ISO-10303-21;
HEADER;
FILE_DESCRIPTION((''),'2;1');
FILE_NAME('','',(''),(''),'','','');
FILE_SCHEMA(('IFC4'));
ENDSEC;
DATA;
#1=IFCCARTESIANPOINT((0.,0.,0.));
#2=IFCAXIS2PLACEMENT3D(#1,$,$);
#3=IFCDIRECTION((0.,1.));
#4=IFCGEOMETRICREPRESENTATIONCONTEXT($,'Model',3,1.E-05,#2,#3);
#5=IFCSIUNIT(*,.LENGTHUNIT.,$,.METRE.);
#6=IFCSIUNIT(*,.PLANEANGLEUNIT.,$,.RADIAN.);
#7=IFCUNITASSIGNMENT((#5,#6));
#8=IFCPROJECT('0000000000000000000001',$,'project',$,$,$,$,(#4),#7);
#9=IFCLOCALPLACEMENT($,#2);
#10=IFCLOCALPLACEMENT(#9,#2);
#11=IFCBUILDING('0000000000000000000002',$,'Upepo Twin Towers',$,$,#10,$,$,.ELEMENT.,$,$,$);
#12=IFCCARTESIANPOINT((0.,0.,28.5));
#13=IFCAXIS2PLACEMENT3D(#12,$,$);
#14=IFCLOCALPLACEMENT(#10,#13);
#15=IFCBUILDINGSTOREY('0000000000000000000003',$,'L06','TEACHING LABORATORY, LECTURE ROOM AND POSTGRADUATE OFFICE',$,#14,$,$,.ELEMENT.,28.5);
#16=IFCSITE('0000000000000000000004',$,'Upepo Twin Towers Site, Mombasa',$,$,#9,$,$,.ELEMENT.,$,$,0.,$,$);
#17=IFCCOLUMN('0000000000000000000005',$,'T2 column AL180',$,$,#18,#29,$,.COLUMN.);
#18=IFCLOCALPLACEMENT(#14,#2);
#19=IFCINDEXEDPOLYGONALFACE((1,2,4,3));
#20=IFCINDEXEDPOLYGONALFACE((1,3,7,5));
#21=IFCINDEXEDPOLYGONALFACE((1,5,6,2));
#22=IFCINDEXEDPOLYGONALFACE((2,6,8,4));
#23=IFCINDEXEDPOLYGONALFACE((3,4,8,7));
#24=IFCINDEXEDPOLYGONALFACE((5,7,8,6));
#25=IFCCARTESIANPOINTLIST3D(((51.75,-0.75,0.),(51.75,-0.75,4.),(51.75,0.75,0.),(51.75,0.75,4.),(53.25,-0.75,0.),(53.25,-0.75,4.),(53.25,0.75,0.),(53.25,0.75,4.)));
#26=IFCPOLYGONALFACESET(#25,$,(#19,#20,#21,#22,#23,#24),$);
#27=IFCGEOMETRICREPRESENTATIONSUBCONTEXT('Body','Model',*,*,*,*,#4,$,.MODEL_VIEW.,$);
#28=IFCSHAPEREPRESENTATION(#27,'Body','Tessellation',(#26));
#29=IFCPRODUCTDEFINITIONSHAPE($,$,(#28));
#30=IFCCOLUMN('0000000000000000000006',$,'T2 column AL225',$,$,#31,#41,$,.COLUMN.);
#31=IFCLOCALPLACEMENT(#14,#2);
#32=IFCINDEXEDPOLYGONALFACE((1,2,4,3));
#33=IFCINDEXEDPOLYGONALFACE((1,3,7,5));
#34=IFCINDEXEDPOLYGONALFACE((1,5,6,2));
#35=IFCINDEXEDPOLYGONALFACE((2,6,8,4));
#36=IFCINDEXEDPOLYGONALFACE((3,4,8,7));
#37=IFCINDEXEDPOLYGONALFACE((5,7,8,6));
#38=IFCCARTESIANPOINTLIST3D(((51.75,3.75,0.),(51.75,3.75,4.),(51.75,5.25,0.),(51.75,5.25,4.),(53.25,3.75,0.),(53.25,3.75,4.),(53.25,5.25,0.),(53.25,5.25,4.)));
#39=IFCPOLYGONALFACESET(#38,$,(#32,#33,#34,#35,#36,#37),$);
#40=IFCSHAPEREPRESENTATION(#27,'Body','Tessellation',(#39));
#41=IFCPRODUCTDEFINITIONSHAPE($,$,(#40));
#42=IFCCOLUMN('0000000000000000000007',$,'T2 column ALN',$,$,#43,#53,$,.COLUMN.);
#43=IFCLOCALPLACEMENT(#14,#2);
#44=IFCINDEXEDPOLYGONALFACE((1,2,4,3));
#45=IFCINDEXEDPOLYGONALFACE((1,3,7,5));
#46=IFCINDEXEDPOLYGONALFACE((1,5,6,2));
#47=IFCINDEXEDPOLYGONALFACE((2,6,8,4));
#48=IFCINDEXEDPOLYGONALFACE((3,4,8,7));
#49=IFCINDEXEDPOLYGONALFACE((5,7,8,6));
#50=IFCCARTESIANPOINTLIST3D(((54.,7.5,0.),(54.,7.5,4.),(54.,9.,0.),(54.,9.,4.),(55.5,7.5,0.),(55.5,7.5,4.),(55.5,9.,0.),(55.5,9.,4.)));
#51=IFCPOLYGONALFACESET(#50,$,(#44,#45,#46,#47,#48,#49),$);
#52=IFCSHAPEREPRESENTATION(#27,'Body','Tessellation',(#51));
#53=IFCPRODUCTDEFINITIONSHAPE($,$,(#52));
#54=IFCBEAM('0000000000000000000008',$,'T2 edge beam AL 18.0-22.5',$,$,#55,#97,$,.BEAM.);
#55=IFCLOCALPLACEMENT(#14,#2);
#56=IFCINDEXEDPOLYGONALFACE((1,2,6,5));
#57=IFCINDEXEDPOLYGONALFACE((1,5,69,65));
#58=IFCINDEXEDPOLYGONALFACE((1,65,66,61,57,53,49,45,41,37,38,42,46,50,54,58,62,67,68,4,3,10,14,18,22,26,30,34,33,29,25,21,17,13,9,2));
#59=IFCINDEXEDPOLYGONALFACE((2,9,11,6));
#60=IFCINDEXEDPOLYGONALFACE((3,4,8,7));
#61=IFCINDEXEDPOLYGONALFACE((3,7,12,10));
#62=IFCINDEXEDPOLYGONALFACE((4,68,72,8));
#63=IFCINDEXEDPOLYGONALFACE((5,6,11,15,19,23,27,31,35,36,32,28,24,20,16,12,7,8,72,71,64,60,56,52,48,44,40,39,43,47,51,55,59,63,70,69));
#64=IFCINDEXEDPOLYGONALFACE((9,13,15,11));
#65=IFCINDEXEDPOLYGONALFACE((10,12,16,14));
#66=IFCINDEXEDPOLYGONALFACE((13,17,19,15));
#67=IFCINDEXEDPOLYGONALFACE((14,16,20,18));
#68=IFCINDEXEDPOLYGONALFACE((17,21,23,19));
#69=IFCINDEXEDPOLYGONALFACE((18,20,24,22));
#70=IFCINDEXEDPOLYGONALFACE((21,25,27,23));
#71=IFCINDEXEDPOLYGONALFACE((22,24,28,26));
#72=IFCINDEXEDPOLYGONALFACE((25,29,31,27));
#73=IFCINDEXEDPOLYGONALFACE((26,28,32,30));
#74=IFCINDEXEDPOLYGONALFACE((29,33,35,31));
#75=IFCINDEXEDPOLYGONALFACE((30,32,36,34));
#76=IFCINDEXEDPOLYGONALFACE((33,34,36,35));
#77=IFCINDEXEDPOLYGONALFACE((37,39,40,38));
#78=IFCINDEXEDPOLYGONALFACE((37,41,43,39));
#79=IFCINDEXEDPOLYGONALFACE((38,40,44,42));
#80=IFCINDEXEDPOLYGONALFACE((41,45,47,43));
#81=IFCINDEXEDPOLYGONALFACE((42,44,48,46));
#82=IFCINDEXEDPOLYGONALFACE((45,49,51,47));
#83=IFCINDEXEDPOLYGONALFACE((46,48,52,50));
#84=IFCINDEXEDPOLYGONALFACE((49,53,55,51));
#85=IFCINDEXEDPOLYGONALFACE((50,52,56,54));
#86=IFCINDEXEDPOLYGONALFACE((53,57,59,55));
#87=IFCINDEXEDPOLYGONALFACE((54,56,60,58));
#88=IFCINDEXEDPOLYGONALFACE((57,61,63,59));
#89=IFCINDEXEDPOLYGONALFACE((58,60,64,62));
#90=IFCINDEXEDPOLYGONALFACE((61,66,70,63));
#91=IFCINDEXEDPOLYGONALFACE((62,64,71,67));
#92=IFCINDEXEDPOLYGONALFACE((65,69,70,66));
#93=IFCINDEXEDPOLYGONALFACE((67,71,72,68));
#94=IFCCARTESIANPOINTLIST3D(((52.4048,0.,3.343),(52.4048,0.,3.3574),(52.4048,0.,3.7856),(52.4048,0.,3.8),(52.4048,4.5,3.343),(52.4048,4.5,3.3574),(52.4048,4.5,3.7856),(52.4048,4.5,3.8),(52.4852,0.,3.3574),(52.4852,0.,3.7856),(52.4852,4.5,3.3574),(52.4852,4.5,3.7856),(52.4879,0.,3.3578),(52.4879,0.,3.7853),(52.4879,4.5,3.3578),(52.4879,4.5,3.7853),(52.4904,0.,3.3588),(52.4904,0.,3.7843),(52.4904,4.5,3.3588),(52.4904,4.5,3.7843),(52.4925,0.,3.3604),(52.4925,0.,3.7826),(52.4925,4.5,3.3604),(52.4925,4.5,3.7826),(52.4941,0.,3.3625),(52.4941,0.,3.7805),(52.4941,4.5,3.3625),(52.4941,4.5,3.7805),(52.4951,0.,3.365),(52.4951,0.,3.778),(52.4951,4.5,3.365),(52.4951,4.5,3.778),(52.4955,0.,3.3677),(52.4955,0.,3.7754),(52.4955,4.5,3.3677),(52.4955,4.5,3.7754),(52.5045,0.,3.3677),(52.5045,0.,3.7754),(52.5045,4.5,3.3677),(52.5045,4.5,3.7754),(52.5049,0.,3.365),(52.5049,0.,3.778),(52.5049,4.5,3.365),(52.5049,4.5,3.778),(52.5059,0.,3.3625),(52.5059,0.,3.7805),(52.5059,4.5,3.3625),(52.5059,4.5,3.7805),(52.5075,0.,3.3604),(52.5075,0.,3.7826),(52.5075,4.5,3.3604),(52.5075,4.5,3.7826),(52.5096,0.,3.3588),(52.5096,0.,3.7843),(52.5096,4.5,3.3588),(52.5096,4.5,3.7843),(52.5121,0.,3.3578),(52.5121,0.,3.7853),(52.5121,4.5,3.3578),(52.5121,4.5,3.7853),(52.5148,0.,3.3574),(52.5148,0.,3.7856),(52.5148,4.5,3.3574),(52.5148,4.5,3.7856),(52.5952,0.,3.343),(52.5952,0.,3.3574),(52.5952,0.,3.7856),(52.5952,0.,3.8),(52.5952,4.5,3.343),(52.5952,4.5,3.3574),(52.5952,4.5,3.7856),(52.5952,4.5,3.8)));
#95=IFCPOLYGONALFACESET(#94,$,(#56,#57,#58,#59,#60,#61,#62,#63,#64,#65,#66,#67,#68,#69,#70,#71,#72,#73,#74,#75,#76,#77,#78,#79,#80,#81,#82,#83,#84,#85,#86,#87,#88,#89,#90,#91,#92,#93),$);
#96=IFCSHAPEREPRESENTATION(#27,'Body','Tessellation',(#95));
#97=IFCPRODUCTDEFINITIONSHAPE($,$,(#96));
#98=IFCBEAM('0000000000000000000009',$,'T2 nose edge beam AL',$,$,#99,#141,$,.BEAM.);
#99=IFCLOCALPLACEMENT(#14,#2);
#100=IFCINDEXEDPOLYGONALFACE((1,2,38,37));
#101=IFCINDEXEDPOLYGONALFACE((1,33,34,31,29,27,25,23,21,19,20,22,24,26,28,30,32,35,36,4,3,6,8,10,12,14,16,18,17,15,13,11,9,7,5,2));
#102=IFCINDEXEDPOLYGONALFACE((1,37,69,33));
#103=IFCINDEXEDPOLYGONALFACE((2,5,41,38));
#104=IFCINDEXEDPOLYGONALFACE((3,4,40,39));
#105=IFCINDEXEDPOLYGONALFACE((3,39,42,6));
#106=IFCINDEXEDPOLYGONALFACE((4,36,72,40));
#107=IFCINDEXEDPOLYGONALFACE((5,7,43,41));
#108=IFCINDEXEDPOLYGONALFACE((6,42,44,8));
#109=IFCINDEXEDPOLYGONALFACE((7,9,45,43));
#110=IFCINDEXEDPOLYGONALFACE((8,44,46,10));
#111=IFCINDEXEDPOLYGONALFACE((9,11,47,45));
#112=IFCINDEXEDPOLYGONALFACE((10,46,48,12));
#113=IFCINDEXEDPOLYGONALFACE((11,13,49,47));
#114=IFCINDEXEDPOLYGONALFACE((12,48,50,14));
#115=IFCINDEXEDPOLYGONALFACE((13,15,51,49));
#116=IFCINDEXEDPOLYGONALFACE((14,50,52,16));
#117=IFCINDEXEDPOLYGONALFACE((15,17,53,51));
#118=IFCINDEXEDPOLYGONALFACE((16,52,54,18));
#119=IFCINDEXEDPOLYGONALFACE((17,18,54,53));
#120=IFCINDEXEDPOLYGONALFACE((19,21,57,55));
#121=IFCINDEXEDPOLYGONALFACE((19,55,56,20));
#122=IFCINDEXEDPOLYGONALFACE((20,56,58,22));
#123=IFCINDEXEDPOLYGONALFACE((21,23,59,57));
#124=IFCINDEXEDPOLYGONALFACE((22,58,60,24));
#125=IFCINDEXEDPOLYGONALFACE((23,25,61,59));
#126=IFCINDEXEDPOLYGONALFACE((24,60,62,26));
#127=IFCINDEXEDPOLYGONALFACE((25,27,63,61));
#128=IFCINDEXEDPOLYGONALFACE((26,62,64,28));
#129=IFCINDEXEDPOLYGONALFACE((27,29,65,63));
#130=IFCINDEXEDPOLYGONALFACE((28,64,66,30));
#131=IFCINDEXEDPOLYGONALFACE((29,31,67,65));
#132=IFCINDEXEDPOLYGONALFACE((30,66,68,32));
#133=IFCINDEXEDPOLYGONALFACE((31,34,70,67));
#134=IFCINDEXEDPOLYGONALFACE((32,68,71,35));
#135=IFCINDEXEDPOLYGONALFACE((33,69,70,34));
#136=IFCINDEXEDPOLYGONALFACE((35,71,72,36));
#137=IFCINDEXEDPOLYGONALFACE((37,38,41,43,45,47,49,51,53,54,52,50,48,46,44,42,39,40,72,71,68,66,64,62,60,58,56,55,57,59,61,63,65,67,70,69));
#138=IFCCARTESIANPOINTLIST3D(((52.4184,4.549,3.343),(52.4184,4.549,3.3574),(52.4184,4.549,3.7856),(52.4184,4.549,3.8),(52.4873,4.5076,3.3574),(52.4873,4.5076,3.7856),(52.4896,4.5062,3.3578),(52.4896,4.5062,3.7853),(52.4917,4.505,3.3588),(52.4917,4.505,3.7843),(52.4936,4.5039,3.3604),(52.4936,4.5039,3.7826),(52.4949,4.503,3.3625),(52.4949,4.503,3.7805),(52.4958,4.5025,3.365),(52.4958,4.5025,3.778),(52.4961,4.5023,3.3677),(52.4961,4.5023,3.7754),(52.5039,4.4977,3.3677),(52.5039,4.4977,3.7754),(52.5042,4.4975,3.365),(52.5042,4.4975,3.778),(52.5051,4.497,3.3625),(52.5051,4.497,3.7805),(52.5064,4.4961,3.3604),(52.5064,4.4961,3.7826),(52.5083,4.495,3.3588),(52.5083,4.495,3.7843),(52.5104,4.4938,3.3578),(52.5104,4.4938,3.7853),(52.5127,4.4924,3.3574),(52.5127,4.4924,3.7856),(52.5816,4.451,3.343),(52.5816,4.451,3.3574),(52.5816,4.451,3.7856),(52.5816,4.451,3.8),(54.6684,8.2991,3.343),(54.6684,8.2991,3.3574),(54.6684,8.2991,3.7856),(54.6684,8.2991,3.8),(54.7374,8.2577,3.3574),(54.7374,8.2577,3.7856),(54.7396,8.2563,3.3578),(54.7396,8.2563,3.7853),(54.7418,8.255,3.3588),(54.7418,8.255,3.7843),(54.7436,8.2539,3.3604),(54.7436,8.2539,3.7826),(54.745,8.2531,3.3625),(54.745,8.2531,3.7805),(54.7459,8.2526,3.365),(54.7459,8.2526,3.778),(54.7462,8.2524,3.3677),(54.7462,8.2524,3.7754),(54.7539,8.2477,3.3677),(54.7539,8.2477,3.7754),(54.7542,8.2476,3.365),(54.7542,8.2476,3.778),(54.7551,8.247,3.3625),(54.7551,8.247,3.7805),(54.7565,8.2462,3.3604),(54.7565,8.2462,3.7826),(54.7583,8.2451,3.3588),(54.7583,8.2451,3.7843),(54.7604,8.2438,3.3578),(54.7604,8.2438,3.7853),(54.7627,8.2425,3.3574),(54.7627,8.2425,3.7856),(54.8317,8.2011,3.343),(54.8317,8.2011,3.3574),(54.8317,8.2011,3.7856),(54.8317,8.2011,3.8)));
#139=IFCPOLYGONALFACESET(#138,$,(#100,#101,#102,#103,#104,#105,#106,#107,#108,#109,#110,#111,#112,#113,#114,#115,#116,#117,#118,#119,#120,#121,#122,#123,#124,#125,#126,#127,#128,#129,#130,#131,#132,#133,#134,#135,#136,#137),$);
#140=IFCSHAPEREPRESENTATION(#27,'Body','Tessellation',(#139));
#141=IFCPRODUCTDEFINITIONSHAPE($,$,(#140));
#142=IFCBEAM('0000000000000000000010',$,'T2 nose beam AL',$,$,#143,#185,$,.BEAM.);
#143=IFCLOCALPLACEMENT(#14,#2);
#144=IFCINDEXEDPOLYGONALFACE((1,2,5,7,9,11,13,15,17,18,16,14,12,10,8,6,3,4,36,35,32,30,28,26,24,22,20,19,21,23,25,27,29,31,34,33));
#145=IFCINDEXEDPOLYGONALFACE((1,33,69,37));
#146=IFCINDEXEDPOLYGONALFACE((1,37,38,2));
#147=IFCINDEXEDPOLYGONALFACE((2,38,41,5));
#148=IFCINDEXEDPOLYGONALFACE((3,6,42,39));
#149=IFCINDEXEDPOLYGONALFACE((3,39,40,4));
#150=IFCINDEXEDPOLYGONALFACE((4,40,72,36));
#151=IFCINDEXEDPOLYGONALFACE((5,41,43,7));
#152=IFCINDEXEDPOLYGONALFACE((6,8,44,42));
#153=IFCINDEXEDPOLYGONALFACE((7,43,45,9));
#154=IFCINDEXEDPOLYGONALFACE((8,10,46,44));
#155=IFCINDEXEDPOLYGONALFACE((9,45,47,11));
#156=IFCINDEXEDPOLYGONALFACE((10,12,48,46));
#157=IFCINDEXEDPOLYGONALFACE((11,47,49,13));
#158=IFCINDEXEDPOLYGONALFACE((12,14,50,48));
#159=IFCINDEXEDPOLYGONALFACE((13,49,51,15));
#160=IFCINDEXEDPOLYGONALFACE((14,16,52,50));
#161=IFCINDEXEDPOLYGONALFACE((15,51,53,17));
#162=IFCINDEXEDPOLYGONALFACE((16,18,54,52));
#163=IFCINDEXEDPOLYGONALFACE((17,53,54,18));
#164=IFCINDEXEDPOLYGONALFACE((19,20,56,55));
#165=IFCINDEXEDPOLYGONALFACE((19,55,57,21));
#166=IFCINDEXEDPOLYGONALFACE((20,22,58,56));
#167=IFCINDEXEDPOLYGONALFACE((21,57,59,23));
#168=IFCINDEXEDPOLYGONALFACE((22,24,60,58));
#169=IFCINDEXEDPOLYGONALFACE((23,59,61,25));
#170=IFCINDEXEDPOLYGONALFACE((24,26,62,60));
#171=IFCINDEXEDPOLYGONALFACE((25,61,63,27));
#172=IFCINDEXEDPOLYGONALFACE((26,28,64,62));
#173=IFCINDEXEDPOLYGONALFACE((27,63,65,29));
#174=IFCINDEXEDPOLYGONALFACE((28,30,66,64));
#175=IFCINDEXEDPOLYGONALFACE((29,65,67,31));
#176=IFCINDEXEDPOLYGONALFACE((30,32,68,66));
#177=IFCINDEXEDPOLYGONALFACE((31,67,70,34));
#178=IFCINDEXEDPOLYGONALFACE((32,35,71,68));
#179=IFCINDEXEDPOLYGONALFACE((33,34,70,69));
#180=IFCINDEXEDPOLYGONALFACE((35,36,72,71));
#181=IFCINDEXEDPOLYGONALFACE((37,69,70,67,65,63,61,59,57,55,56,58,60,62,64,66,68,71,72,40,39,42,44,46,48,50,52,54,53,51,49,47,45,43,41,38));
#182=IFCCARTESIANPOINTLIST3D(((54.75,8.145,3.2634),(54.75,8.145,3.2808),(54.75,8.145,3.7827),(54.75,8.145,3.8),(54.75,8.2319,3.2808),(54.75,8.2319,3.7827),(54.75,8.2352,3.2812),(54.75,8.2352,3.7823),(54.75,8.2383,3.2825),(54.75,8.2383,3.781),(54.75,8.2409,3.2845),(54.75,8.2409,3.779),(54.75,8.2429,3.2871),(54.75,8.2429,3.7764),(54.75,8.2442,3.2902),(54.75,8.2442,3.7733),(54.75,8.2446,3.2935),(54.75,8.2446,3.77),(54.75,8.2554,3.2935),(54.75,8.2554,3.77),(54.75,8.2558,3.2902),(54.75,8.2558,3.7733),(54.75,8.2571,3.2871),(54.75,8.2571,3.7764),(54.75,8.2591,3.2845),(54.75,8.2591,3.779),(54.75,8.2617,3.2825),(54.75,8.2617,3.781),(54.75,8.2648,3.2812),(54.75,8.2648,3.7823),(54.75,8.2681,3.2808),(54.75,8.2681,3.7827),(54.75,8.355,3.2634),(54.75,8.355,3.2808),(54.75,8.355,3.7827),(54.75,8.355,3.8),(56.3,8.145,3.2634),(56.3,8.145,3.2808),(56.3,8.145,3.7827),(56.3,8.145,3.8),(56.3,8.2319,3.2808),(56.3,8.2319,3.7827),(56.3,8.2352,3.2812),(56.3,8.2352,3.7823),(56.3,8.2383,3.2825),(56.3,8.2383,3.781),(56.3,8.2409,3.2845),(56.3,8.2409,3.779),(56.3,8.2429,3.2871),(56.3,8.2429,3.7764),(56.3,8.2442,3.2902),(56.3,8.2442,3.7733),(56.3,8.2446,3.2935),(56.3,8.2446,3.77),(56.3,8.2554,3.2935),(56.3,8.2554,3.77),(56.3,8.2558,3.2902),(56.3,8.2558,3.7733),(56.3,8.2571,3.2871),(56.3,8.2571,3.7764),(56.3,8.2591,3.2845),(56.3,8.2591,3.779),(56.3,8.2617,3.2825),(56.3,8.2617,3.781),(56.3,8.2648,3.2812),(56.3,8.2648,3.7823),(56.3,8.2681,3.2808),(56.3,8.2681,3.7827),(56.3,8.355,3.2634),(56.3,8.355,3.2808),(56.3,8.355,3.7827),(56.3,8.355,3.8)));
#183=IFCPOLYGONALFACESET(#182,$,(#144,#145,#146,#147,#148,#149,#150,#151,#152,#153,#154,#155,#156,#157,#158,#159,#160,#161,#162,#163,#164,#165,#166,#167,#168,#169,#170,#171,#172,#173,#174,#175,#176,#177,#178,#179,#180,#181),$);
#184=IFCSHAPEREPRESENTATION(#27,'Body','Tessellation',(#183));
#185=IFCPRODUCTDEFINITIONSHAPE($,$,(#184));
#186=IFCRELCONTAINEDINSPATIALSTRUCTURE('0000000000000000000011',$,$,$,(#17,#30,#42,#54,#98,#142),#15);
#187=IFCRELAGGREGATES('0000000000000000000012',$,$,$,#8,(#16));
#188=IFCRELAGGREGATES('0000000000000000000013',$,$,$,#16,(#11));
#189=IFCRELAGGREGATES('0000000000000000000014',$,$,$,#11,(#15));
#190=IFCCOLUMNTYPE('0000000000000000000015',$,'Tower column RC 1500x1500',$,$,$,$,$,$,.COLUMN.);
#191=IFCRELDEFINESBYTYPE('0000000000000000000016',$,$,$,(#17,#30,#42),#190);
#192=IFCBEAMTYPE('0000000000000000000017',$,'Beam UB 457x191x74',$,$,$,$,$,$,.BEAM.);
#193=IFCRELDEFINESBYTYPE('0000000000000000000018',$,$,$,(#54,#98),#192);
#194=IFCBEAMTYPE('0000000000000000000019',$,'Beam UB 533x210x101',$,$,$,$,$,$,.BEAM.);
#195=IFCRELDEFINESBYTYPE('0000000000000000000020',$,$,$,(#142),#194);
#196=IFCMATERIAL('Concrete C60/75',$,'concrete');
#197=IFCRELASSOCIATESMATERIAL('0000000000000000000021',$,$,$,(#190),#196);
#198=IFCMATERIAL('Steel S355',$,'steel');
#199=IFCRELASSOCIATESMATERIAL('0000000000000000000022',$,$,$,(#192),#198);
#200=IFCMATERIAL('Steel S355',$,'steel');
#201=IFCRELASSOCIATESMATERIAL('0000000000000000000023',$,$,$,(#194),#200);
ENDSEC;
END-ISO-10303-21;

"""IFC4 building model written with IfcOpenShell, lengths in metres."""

from ifc_helpers import new_model, si_unit, direction, frame, origin, origin_2d, place, context, subcontext, project, spatial, rectangle, i_section, extrude, material, material_profile, profile_set, type_object, element, save


model = new_model("IFC4")

# Units and contexts
model_context = context("Model", 3, precision=1e-05, world=origin(), true_north=direction((0.0, 1.0)))
body_context = subcontext(model_context, "Body", "Model", "MODEL_VIEW")
ifc_project = project(units=[si_unit("LENGTHUNIT", "METRE"), si_unit("PLANEANGLEUNIT", "RADIAN")], contexts=[model_context])

# Site, building, storey
site_placement = place(None, origin())
site = spatial("IfcSite", under=ifc_project, at=site_placement, Name="Upepo Twin Towers Site, Mombasa", CompositionType="ELEMENT", RefElevation=0.0)
building_placement = place(site_placement, origin())
building = spatial("IfcBuilding", under=site, at=building_placement, Name="Upepo Twin Towers", CompositionType="ELEMENT")
storey_placement = place(building_placement, frame((0.0, 0.0, 28.5)))
storey = spatial("IfcBuildingStorey", under=building, at=storey_placement, Name="L06", Description="TEACHING LABORATORY, LECTURE ROOM AND POSTGRADUATE OFFICE", CompositionType="ELEMENT", Elevation=28.5)

# Columns
ifc_material_1 = material(Name="Concrete C60/75", Category="concrete")
ifc_material_profile_1 = material_profile(ifc_material_1, rectangle(XDim=1.5, YDim=1.5, at=origin_2d()), Name="RC 1500x1500")
ifc_profile_set_1 = profile_set([ifc_material_profile_1], Name="Concrete C60/75")
column_type = type_object("IfcColumnType", Name="Tower column RC 1500x1500", PredefinedType="COLUMN", material=ifc_profile_set_1)
for number, where, z_axis, x_axis, name in (
    (1, (52.5, 0.0, 0.0), (0.0, 0.0, 1.0), (1.0, 0.0, 0.0), "T2 column AL180"),
    (2, (52.5, 4.5, 0.0), (0.0, 0.0, 1.0), (1.0, 0.0, 0.0), "T2 column AL225"),
    (3, (54.75, 8.25, 0.0), (0.0, 0.0, 1.0), (1.0, 0.0, 0.0), "T2 column ALN"),
):
    element("IfcColumn", number, at=place(storey_placement, frame(where, z_axis=z_axis, x_axis=x_axis)), inside=storey, type_object=column_type, Name=name, PredefinedType="COLUMN", context=body_context, shape_type="SweptSolid", body=[
        extrude(rectangle(XDim=1.5, YDim=1.5, at=origin_2d()), origin(), (0.0, 0.0, 1.0), 4.0),
    ])

# Beams
ifc_material_2 = material(Name="Steel S355", Category="steel")
ifc_material_profile_2 = material_profile(ifc_material_2, i_section(OverallWidth=0.1904, OverallDepth=0.457, WebThickness=0.009, FlangeThickness=0.0144, FilletRadius=0.0103, at=origin_2d()), Name="UB 457x191x74")
ifc_profile_set_2 = profile_set([ifc_material_profile_2], Name="Steel S355")
beam_type_1 = type_object("IfcBeamType", Name="Beam UB 457x191x74", PredefinedType="BEAM", material=ifc_profile_set_2)
beam_1_placement = place(storey_placement, frame((52.5, 0.0, 3.5715), z_axis=(0.0, 1.0, 0.0), x_axis=(-1.0, 0.0, 0.0)))
element("IfcBeam", 4, at=beam_1_placement, inside=storey, type_object=beam_type_1, Name="T2 edge beam AL 18.0-22.5", PredefinedType="BEAM", context=body_context, shape_type="SweptSolid", body=[
    extrude(i_section(OverallWidth=0.1904, OverallDepth=0.457, WebThickness=0.009, FlangeThickness=0.0144, FilletRadius=0.0103, at=origin_2d()), origin(), (0.0, 0.0, 1.0), 4.5),
])
beam_2_placement = place(storey_placement, frame((52.5, 4.5, 3.5715), z_axis=(0.514496, 0.857493, 0.0), x_axis=(-0.857493, 0.514496, 0.0)))
element("IfcBeam", 5, at=beam_2_placement, inside=storey, type_object=beam_type_1, Name="T2 nose edge beam AL", PredefinedType="BEAM", context=body_context, shape_type="SweptSolid", body=[
    extrude(i_section(OverallWidth=0.1904, OverallDepth=0.457, WebThickness=0.009, FlangeThickness=0.0144, FilletRadius=0.0103, at=origin_2d()), origin(), (0.0, 0.0, 1.0), 4.3733),
])
ifc_material_3 = material(Name="Steel S355", Category="steel")
ifc_material_profile_3 = material_profile(ifc_material_3, i_section(OverallWidth=0.21, OverallDepth=0.5366, WebThickness=0.0107, FlangeThickness=0.0173, FilletRadius=0.0127, at=origin_2d()), Name="UB 533x210x101")
ifc_profile_set_3 = profile_set([ifc_material_profile_3], Name="Steel S355")
beam_type_2 = type_object("IfcBeamType", Name="Beam UB 533x210x101", PredefinedType="BEAM", material=ifc_profile_set_3)
beam_3_placement = place(storey_placement, frame((54.75, 8.25, 3.5317), z_axis=(1.0, 0.0, 0.0), x_axis=(0.0, 1.0, 0.0)))
element("IfcBeam", 6, at=beam_3_placement, inside=storey, type_object=beam_type_2, Name="T2 nose beam AL", PredefinedType="BEAM", context=body_context, shape_type="SweptSolid", body=[
    extrude(i_section(OverallWidth=0.21, OverallDepth=0.5366, WebThickness=0.0107, FlangeThickness=0.0173, FilletRadius=0.0127, at=origin_2d()), origin(), (0.0, 0.0, 1.0), 1.55),
])

save(model, "model.ifc")
